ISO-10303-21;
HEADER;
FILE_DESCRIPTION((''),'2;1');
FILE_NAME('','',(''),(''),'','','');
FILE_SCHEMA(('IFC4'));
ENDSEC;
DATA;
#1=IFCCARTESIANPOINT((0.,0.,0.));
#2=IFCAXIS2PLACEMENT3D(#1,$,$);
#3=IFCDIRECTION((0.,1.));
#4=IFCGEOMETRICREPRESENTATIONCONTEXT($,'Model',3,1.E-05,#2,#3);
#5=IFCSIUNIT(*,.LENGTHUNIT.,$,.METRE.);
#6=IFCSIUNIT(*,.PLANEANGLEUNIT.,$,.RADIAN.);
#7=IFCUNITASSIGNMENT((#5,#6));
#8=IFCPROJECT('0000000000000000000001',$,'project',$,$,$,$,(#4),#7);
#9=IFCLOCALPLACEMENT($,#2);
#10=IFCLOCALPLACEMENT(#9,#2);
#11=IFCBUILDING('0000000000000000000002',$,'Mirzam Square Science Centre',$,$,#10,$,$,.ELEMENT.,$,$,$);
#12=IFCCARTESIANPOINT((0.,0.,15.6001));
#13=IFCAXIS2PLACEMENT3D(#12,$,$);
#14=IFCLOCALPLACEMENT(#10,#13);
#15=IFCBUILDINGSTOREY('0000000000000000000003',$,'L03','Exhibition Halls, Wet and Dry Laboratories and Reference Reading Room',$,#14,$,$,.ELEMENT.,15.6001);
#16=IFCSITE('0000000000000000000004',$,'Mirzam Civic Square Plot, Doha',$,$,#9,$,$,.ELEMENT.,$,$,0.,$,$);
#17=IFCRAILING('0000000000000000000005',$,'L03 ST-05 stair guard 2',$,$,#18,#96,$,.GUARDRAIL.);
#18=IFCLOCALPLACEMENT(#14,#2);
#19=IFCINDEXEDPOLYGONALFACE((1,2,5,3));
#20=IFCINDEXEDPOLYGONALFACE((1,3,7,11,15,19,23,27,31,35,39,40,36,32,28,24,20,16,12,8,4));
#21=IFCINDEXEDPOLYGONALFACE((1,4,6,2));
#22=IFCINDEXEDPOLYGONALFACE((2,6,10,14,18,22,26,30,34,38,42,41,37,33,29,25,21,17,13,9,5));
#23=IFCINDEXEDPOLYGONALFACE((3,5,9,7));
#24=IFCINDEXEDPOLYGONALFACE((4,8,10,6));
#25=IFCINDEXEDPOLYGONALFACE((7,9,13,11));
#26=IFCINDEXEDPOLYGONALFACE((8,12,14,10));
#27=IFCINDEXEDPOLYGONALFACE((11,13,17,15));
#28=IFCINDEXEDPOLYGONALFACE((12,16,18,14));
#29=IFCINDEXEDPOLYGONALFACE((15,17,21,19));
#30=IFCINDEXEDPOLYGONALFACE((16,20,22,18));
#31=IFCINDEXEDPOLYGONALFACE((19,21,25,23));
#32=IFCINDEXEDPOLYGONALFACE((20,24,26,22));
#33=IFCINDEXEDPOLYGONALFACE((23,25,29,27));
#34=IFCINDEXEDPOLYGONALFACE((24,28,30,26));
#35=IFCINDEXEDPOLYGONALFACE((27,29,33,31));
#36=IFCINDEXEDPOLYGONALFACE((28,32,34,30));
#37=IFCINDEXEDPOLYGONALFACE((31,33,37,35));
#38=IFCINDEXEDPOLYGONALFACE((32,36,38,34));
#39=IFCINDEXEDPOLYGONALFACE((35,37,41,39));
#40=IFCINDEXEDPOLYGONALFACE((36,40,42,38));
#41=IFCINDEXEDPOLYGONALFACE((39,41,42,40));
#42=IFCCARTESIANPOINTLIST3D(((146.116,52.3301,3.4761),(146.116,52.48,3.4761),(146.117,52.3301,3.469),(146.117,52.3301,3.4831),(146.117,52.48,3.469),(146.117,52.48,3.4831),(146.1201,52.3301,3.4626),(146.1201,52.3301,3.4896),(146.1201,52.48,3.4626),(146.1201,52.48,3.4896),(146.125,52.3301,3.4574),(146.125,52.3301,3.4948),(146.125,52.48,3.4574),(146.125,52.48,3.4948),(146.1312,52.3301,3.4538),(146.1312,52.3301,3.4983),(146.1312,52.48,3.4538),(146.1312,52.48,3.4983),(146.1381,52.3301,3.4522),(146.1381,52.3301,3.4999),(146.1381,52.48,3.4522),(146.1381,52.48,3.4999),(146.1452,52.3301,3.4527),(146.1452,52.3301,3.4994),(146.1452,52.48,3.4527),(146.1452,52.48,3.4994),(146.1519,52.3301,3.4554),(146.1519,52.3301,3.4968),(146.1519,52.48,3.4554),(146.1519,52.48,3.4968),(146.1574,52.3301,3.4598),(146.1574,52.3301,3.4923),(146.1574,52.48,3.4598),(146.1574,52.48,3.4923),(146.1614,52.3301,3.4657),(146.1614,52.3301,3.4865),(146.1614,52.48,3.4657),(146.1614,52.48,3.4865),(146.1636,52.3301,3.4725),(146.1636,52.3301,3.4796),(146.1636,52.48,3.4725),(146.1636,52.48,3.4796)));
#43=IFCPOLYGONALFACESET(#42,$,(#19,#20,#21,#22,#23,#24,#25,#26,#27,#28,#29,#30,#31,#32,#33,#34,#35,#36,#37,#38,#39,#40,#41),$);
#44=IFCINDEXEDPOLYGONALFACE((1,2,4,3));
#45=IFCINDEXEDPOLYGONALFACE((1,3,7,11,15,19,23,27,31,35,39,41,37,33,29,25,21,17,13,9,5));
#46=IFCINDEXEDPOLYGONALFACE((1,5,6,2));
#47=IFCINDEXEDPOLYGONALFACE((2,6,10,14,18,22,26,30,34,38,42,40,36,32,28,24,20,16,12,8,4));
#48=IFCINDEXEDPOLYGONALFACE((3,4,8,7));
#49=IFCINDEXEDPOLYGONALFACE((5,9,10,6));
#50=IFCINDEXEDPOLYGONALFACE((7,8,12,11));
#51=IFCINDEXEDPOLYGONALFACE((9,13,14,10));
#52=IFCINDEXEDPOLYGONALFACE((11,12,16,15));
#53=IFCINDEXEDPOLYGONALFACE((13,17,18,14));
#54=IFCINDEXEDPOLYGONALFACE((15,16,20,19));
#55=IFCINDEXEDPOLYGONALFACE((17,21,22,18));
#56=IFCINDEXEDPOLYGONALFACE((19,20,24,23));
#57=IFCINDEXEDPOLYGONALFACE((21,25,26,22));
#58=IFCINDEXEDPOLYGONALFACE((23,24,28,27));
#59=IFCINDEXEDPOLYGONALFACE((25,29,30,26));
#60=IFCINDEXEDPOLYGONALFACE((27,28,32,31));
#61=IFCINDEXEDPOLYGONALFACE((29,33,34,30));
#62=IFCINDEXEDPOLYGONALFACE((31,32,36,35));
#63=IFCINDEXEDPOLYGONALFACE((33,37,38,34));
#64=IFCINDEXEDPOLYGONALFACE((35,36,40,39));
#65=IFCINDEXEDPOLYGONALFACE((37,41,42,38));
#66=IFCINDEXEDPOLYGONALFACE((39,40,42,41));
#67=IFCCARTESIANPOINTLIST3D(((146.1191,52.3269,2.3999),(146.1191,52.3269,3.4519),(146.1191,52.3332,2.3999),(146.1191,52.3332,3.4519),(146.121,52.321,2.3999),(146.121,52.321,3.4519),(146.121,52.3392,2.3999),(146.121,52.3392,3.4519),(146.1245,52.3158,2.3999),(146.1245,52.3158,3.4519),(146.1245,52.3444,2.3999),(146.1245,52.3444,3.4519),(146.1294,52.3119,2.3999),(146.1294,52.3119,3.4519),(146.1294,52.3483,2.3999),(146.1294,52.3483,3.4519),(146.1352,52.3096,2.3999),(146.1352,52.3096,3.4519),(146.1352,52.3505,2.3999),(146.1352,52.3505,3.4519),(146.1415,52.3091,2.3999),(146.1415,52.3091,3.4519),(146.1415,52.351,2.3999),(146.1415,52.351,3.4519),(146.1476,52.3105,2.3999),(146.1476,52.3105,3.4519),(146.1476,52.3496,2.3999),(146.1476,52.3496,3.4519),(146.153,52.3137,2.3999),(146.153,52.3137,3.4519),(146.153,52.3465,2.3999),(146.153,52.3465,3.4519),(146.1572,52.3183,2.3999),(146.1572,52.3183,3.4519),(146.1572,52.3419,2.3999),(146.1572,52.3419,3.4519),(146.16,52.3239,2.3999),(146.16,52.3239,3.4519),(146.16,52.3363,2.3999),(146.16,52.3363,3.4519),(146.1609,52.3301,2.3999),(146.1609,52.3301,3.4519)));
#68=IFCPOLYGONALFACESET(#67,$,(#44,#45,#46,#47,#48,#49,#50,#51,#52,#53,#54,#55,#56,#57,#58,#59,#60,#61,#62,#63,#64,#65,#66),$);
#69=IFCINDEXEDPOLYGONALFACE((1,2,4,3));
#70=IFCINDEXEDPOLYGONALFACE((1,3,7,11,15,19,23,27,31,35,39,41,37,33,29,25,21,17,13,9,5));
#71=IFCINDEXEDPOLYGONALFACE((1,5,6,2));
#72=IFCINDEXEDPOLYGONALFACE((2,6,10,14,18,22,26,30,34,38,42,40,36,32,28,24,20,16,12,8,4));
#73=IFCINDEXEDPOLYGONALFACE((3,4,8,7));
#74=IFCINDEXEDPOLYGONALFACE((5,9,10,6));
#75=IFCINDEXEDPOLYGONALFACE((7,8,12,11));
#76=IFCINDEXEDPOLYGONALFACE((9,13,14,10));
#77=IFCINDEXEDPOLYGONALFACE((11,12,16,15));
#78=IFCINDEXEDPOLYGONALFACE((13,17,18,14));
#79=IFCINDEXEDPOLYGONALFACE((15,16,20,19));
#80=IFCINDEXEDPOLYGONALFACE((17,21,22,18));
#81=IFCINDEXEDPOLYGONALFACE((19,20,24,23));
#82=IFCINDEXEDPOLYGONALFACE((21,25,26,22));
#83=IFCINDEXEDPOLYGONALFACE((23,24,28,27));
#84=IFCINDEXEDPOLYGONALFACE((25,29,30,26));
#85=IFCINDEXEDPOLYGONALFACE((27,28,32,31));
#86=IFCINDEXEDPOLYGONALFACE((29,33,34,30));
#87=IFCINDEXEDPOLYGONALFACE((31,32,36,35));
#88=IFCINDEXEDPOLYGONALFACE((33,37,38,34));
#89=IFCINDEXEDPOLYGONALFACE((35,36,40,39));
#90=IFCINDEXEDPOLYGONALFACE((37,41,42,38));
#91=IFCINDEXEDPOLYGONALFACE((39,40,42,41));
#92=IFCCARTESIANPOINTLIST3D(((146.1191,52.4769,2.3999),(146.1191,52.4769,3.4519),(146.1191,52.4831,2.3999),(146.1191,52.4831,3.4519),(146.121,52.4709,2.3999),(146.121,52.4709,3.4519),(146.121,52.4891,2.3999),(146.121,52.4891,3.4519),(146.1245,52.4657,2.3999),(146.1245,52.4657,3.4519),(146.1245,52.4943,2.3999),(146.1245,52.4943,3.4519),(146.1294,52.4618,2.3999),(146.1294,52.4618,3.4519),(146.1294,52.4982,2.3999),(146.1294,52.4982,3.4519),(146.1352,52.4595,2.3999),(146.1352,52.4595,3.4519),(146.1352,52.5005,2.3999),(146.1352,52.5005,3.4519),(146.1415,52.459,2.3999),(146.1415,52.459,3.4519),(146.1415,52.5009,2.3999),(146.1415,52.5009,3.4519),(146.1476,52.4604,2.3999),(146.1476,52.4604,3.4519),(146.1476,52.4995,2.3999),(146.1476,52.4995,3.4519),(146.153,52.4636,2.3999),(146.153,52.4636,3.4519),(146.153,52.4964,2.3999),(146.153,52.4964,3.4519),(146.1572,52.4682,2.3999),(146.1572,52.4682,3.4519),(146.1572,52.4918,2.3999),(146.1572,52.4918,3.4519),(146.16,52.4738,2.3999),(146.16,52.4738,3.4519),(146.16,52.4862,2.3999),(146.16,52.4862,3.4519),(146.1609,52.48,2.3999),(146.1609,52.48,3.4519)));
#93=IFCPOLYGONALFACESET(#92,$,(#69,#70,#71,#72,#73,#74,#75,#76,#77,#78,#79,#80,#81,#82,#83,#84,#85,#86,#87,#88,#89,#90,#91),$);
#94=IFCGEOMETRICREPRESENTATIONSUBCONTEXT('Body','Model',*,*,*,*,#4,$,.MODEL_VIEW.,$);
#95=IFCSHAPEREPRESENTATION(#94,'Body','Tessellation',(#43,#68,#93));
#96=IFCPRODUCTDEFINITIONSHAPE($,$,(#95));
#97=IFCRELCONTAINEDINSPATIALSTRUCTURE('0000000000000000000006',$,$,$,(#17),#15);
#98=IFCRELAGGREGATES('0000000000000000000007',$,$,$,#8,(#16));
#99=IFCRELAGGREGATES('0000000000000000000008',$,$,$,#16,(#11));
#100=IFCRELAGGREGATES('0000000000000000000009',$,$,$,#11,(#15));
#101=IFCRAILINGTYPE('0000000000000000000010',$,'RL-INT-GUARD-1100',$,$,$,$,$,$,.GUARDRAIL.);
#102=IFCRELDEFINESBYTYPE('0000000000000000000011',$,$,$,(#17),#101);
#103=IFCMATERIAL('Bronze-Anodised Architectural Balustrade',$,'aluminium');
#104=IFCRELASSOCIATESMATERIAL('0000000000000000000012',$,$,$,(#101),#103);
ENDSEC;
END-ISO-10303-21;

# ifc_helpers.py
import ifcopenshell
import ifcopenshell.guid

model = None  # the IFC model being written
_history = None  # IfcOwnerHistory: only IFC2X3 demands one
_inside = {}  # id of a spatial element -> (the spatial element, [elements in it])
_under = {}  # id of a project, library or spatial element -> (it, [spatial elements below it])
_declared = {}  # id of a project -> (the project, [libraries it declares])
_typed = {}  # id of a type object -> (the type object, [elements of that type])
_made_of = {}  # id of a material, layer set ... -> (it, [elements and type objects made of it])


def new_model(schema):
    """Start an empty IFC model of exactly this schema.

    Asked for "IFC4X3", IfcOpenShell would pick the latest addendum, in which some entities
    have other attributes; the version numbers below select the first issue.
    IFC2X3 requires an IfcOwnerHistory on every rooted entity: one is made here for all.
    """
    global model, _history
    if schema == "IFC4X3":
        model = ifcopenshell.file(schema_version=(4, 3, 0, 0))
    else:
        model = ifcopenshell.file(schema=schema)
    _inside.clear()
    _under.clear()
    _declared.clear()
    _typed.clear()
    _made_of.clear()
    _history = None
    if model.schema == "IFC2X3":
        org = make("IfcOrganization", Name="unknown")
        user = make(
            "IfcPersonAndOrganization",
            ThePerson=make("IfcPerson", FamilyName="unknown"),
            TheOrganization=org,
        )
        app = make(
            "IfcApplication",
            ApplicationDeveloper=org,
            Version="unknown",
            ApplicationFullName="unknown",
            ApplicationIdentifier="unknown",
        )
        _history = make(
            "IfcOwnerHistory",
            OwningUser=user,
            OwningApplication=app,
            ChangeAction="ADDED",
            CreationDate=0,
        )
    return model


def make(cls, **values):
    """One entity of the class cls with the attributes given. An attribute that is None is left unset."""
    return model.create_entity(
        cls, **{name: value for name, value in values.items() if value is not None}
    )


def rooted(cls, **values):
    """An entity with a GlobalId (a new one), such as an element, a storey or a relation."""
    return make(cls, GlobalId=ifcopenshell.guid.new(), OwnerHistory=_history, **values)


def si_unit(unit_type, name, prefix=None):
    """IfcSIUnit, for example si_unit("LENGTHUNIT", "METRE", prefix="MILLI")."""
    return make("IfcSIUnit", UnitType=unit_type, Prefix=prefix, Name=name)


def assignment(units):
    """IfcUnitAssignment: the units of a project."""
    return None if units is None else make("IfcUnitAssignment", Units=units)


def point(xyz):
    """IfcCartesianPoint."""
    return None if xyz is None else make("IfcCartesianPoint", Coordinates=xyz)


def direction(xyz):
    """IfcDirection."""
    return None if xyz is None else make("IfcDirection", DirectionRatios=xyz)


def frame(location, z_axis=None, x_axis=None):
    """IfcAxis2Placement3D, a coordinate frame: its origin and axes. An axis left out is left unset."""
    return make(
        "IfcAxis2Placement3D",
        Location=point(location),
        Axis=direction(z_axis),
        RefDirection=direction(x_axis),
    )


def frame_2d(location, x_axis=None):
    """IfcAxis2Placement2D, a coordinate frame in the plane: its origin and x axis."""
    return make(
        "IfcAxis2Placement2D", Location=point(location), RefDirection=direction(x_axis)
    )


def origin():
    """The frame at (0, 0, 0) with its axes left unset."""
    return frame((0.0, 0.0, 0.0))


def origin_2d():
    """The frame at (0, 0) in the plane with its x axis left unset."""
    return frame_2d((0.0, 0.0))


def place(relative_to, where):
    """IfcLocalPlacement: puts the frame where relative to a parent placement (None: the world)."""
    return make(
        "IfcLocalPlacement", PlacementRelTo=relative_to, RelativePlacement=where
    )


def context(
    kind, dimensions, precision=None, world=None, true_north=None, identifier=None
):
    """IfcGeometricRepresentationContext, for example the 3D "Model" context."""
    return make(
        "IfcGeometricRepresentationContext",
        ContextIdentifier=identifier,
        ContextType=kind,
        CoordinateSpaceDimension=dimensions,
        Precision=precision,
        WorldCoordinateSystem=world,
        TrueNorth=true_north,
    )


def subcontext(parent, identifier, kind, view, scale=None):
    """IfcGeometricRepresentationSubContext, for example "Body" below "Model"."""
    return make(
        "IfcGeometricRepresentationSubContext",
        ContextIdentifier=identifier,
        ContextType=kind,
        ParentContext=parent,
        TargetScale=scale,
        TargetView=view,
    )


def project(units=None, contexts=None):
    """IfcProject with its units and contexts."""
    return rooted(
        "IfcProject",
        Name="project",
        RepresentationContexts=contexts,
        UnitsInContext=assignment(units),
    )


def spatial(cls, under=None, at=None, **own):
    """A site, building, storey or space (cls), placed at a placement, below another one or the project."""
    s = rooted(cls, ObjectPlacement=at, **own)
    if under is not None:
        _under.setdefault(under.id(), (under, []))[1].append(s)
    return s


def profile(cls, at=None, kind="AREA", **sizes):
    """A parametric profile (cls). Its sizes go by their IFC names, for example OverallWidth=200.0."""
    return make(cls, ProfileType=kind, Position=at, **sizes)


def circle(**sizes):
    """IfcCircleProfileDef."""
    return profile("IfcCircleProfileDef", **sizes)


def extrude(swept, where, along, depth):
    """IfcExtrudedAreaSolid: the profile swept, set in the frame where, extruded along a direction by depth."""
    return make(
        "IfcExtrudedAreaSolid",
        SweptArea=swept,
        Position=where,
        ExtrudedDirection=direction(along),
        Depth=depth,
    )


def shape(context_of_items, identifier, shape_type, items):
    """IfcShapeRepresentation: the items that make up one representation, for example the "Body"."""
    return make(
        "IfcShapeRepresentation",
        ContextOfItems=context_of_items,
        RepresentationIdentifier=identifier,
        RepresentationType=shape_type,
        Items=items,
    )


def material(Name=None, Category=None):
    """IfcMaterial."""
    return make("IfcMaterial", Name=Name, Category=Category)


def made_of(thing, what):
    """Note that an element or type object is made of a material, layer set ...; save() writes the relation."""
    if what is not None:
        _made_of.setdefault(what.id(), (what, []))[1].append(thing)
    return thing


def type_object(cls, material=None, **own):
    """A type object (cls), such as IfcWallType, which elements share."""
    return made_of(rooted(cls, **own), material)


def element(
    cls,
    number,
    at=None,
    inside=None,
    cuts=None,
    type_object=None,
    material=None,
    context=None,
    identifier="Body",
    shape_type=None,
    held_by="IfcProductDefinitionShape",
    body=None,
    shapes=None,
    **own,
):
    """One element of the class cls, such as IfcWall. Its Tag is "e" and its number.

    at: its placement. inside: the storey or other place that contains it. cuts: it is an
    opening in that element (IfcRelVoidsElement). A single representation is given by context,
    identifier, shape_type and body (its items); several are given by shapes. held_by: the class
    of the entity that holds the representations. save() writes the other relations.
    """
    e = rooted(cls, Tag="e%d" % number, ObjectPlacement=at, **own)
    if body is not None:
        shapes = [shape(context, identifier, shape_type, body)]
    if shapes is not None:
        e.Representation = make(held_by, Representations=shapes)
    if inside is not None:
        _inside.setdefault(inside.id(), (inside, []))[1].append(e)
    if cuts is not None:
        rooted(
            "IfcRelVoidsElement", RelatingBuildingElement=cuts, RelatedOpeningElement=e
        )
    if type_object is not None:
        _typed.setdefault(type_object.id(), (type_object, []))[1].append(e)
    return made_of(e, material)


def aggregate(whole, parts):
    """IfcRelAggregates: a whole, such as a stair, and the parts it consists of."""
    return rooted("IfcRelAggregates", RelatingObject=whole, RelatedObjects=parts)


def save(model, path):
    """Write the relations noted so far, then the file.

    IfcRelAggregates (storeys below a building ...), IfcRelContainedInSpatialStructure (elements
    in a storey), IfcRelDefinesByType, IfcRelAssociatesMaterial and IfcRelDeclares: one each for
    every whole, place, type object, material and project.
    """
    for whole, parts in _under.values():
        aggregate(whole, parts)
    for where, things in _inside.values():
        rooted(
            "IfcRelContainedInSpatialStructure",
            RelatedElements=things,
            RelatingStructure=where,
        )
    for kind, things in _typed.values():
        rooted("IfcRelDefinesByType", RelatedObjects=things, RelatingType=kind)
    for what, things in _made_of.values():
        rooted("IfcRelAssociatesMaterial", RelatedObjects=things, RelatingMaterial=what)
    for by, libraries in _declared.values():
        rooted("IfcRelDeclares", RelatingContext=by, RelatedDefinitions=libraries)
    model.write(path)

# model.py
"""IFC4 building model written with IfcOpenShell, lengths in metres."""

from ifc_helpers import new_model, si_unit, direction, frame, origin, origin_2d, place, context, subcontext, project, spatial, circle, extrude, material, type_object, element, save


model = new_model("IFC4")

# Units and contexts
model_context = context("Model", 3, precision=1e-05, world=origin(), true_north=direction((0.0, 1.0)))
body_context = subcontext(model_context, "Body", "Model", "MODEL_VIEW")
ifc_project = project(units=[si_unit("LENGTHUNIT", "METRE"), si_unit("PLANEANGLEUNIT", "RADIAN")], contexts=[model_context])

# Site, building, storey
site_placement = place(None, origin())
site = spatial("IfcSite", under=ifc_project, at=site_placement, Name="Mirzam Civic Square Plot, Doha", CompositionType="ELEMENT", RefElevation=0.0)
building_placement = place(site_placement, origin())
building = spatial("IfcBuilding", under=site, at=building_placement, Name="Mirzam Square Science Centre", CompositionType="ELEMENT")
storey_placement = place(building_placement, frame((0.0, 0.0, 15.6001)))
storey = spatial("IfcBuildingStorey", under=building, at=storey_placement, Name="L03", Description="Exhibition Halls, Wet and Dry Laboratories and Reference Reading Room", CompositionType="ELEMENT", Elevation=15.6001)

# Railing
ifc_material_1 = material(Name="Bronze-Anodised Architectural Balustrade", Category="aluminium")
railing_type_1 = type_object("IfcRailingType", Name="RL-INT-GUARD-1100", PredefinedType="GUARDRAIL", material=ifc_material_1)
railing_1_placement = place(storey_placement, frame((146.1399, 52.3301, 2.3999)))
element("IfcRailing", 1, at=railing_1_placement, inside=storey, type_object=railing_type_1, Name="L03 ST-05 stair guard 2", PredefinedType="GUARDRAIL", context=body_context, shape_type="SweptSolid", body=[
    extrude(circle(Radius=0.0239, at=origin_2d()), frame((0.0, 0.0, 1.0762), z_axis=(0.0, 1.0, 0.0), x_axis=(-1.0, 0.0, 0.0)), (0.0, 0.0, 1.0), 0.1499),
    extrude(circle(Radius=0.021, at=origin_2d()), origin(), (0.0, 0.0, 1.0), 1.052),
    extrude(circle(Radius=0.021, at=origin_2d()), frame((0.0, 0.1499, 0.0)), (0.0, 0.0, 1.0), 1.052),
])

save(model, "model.ifc")
